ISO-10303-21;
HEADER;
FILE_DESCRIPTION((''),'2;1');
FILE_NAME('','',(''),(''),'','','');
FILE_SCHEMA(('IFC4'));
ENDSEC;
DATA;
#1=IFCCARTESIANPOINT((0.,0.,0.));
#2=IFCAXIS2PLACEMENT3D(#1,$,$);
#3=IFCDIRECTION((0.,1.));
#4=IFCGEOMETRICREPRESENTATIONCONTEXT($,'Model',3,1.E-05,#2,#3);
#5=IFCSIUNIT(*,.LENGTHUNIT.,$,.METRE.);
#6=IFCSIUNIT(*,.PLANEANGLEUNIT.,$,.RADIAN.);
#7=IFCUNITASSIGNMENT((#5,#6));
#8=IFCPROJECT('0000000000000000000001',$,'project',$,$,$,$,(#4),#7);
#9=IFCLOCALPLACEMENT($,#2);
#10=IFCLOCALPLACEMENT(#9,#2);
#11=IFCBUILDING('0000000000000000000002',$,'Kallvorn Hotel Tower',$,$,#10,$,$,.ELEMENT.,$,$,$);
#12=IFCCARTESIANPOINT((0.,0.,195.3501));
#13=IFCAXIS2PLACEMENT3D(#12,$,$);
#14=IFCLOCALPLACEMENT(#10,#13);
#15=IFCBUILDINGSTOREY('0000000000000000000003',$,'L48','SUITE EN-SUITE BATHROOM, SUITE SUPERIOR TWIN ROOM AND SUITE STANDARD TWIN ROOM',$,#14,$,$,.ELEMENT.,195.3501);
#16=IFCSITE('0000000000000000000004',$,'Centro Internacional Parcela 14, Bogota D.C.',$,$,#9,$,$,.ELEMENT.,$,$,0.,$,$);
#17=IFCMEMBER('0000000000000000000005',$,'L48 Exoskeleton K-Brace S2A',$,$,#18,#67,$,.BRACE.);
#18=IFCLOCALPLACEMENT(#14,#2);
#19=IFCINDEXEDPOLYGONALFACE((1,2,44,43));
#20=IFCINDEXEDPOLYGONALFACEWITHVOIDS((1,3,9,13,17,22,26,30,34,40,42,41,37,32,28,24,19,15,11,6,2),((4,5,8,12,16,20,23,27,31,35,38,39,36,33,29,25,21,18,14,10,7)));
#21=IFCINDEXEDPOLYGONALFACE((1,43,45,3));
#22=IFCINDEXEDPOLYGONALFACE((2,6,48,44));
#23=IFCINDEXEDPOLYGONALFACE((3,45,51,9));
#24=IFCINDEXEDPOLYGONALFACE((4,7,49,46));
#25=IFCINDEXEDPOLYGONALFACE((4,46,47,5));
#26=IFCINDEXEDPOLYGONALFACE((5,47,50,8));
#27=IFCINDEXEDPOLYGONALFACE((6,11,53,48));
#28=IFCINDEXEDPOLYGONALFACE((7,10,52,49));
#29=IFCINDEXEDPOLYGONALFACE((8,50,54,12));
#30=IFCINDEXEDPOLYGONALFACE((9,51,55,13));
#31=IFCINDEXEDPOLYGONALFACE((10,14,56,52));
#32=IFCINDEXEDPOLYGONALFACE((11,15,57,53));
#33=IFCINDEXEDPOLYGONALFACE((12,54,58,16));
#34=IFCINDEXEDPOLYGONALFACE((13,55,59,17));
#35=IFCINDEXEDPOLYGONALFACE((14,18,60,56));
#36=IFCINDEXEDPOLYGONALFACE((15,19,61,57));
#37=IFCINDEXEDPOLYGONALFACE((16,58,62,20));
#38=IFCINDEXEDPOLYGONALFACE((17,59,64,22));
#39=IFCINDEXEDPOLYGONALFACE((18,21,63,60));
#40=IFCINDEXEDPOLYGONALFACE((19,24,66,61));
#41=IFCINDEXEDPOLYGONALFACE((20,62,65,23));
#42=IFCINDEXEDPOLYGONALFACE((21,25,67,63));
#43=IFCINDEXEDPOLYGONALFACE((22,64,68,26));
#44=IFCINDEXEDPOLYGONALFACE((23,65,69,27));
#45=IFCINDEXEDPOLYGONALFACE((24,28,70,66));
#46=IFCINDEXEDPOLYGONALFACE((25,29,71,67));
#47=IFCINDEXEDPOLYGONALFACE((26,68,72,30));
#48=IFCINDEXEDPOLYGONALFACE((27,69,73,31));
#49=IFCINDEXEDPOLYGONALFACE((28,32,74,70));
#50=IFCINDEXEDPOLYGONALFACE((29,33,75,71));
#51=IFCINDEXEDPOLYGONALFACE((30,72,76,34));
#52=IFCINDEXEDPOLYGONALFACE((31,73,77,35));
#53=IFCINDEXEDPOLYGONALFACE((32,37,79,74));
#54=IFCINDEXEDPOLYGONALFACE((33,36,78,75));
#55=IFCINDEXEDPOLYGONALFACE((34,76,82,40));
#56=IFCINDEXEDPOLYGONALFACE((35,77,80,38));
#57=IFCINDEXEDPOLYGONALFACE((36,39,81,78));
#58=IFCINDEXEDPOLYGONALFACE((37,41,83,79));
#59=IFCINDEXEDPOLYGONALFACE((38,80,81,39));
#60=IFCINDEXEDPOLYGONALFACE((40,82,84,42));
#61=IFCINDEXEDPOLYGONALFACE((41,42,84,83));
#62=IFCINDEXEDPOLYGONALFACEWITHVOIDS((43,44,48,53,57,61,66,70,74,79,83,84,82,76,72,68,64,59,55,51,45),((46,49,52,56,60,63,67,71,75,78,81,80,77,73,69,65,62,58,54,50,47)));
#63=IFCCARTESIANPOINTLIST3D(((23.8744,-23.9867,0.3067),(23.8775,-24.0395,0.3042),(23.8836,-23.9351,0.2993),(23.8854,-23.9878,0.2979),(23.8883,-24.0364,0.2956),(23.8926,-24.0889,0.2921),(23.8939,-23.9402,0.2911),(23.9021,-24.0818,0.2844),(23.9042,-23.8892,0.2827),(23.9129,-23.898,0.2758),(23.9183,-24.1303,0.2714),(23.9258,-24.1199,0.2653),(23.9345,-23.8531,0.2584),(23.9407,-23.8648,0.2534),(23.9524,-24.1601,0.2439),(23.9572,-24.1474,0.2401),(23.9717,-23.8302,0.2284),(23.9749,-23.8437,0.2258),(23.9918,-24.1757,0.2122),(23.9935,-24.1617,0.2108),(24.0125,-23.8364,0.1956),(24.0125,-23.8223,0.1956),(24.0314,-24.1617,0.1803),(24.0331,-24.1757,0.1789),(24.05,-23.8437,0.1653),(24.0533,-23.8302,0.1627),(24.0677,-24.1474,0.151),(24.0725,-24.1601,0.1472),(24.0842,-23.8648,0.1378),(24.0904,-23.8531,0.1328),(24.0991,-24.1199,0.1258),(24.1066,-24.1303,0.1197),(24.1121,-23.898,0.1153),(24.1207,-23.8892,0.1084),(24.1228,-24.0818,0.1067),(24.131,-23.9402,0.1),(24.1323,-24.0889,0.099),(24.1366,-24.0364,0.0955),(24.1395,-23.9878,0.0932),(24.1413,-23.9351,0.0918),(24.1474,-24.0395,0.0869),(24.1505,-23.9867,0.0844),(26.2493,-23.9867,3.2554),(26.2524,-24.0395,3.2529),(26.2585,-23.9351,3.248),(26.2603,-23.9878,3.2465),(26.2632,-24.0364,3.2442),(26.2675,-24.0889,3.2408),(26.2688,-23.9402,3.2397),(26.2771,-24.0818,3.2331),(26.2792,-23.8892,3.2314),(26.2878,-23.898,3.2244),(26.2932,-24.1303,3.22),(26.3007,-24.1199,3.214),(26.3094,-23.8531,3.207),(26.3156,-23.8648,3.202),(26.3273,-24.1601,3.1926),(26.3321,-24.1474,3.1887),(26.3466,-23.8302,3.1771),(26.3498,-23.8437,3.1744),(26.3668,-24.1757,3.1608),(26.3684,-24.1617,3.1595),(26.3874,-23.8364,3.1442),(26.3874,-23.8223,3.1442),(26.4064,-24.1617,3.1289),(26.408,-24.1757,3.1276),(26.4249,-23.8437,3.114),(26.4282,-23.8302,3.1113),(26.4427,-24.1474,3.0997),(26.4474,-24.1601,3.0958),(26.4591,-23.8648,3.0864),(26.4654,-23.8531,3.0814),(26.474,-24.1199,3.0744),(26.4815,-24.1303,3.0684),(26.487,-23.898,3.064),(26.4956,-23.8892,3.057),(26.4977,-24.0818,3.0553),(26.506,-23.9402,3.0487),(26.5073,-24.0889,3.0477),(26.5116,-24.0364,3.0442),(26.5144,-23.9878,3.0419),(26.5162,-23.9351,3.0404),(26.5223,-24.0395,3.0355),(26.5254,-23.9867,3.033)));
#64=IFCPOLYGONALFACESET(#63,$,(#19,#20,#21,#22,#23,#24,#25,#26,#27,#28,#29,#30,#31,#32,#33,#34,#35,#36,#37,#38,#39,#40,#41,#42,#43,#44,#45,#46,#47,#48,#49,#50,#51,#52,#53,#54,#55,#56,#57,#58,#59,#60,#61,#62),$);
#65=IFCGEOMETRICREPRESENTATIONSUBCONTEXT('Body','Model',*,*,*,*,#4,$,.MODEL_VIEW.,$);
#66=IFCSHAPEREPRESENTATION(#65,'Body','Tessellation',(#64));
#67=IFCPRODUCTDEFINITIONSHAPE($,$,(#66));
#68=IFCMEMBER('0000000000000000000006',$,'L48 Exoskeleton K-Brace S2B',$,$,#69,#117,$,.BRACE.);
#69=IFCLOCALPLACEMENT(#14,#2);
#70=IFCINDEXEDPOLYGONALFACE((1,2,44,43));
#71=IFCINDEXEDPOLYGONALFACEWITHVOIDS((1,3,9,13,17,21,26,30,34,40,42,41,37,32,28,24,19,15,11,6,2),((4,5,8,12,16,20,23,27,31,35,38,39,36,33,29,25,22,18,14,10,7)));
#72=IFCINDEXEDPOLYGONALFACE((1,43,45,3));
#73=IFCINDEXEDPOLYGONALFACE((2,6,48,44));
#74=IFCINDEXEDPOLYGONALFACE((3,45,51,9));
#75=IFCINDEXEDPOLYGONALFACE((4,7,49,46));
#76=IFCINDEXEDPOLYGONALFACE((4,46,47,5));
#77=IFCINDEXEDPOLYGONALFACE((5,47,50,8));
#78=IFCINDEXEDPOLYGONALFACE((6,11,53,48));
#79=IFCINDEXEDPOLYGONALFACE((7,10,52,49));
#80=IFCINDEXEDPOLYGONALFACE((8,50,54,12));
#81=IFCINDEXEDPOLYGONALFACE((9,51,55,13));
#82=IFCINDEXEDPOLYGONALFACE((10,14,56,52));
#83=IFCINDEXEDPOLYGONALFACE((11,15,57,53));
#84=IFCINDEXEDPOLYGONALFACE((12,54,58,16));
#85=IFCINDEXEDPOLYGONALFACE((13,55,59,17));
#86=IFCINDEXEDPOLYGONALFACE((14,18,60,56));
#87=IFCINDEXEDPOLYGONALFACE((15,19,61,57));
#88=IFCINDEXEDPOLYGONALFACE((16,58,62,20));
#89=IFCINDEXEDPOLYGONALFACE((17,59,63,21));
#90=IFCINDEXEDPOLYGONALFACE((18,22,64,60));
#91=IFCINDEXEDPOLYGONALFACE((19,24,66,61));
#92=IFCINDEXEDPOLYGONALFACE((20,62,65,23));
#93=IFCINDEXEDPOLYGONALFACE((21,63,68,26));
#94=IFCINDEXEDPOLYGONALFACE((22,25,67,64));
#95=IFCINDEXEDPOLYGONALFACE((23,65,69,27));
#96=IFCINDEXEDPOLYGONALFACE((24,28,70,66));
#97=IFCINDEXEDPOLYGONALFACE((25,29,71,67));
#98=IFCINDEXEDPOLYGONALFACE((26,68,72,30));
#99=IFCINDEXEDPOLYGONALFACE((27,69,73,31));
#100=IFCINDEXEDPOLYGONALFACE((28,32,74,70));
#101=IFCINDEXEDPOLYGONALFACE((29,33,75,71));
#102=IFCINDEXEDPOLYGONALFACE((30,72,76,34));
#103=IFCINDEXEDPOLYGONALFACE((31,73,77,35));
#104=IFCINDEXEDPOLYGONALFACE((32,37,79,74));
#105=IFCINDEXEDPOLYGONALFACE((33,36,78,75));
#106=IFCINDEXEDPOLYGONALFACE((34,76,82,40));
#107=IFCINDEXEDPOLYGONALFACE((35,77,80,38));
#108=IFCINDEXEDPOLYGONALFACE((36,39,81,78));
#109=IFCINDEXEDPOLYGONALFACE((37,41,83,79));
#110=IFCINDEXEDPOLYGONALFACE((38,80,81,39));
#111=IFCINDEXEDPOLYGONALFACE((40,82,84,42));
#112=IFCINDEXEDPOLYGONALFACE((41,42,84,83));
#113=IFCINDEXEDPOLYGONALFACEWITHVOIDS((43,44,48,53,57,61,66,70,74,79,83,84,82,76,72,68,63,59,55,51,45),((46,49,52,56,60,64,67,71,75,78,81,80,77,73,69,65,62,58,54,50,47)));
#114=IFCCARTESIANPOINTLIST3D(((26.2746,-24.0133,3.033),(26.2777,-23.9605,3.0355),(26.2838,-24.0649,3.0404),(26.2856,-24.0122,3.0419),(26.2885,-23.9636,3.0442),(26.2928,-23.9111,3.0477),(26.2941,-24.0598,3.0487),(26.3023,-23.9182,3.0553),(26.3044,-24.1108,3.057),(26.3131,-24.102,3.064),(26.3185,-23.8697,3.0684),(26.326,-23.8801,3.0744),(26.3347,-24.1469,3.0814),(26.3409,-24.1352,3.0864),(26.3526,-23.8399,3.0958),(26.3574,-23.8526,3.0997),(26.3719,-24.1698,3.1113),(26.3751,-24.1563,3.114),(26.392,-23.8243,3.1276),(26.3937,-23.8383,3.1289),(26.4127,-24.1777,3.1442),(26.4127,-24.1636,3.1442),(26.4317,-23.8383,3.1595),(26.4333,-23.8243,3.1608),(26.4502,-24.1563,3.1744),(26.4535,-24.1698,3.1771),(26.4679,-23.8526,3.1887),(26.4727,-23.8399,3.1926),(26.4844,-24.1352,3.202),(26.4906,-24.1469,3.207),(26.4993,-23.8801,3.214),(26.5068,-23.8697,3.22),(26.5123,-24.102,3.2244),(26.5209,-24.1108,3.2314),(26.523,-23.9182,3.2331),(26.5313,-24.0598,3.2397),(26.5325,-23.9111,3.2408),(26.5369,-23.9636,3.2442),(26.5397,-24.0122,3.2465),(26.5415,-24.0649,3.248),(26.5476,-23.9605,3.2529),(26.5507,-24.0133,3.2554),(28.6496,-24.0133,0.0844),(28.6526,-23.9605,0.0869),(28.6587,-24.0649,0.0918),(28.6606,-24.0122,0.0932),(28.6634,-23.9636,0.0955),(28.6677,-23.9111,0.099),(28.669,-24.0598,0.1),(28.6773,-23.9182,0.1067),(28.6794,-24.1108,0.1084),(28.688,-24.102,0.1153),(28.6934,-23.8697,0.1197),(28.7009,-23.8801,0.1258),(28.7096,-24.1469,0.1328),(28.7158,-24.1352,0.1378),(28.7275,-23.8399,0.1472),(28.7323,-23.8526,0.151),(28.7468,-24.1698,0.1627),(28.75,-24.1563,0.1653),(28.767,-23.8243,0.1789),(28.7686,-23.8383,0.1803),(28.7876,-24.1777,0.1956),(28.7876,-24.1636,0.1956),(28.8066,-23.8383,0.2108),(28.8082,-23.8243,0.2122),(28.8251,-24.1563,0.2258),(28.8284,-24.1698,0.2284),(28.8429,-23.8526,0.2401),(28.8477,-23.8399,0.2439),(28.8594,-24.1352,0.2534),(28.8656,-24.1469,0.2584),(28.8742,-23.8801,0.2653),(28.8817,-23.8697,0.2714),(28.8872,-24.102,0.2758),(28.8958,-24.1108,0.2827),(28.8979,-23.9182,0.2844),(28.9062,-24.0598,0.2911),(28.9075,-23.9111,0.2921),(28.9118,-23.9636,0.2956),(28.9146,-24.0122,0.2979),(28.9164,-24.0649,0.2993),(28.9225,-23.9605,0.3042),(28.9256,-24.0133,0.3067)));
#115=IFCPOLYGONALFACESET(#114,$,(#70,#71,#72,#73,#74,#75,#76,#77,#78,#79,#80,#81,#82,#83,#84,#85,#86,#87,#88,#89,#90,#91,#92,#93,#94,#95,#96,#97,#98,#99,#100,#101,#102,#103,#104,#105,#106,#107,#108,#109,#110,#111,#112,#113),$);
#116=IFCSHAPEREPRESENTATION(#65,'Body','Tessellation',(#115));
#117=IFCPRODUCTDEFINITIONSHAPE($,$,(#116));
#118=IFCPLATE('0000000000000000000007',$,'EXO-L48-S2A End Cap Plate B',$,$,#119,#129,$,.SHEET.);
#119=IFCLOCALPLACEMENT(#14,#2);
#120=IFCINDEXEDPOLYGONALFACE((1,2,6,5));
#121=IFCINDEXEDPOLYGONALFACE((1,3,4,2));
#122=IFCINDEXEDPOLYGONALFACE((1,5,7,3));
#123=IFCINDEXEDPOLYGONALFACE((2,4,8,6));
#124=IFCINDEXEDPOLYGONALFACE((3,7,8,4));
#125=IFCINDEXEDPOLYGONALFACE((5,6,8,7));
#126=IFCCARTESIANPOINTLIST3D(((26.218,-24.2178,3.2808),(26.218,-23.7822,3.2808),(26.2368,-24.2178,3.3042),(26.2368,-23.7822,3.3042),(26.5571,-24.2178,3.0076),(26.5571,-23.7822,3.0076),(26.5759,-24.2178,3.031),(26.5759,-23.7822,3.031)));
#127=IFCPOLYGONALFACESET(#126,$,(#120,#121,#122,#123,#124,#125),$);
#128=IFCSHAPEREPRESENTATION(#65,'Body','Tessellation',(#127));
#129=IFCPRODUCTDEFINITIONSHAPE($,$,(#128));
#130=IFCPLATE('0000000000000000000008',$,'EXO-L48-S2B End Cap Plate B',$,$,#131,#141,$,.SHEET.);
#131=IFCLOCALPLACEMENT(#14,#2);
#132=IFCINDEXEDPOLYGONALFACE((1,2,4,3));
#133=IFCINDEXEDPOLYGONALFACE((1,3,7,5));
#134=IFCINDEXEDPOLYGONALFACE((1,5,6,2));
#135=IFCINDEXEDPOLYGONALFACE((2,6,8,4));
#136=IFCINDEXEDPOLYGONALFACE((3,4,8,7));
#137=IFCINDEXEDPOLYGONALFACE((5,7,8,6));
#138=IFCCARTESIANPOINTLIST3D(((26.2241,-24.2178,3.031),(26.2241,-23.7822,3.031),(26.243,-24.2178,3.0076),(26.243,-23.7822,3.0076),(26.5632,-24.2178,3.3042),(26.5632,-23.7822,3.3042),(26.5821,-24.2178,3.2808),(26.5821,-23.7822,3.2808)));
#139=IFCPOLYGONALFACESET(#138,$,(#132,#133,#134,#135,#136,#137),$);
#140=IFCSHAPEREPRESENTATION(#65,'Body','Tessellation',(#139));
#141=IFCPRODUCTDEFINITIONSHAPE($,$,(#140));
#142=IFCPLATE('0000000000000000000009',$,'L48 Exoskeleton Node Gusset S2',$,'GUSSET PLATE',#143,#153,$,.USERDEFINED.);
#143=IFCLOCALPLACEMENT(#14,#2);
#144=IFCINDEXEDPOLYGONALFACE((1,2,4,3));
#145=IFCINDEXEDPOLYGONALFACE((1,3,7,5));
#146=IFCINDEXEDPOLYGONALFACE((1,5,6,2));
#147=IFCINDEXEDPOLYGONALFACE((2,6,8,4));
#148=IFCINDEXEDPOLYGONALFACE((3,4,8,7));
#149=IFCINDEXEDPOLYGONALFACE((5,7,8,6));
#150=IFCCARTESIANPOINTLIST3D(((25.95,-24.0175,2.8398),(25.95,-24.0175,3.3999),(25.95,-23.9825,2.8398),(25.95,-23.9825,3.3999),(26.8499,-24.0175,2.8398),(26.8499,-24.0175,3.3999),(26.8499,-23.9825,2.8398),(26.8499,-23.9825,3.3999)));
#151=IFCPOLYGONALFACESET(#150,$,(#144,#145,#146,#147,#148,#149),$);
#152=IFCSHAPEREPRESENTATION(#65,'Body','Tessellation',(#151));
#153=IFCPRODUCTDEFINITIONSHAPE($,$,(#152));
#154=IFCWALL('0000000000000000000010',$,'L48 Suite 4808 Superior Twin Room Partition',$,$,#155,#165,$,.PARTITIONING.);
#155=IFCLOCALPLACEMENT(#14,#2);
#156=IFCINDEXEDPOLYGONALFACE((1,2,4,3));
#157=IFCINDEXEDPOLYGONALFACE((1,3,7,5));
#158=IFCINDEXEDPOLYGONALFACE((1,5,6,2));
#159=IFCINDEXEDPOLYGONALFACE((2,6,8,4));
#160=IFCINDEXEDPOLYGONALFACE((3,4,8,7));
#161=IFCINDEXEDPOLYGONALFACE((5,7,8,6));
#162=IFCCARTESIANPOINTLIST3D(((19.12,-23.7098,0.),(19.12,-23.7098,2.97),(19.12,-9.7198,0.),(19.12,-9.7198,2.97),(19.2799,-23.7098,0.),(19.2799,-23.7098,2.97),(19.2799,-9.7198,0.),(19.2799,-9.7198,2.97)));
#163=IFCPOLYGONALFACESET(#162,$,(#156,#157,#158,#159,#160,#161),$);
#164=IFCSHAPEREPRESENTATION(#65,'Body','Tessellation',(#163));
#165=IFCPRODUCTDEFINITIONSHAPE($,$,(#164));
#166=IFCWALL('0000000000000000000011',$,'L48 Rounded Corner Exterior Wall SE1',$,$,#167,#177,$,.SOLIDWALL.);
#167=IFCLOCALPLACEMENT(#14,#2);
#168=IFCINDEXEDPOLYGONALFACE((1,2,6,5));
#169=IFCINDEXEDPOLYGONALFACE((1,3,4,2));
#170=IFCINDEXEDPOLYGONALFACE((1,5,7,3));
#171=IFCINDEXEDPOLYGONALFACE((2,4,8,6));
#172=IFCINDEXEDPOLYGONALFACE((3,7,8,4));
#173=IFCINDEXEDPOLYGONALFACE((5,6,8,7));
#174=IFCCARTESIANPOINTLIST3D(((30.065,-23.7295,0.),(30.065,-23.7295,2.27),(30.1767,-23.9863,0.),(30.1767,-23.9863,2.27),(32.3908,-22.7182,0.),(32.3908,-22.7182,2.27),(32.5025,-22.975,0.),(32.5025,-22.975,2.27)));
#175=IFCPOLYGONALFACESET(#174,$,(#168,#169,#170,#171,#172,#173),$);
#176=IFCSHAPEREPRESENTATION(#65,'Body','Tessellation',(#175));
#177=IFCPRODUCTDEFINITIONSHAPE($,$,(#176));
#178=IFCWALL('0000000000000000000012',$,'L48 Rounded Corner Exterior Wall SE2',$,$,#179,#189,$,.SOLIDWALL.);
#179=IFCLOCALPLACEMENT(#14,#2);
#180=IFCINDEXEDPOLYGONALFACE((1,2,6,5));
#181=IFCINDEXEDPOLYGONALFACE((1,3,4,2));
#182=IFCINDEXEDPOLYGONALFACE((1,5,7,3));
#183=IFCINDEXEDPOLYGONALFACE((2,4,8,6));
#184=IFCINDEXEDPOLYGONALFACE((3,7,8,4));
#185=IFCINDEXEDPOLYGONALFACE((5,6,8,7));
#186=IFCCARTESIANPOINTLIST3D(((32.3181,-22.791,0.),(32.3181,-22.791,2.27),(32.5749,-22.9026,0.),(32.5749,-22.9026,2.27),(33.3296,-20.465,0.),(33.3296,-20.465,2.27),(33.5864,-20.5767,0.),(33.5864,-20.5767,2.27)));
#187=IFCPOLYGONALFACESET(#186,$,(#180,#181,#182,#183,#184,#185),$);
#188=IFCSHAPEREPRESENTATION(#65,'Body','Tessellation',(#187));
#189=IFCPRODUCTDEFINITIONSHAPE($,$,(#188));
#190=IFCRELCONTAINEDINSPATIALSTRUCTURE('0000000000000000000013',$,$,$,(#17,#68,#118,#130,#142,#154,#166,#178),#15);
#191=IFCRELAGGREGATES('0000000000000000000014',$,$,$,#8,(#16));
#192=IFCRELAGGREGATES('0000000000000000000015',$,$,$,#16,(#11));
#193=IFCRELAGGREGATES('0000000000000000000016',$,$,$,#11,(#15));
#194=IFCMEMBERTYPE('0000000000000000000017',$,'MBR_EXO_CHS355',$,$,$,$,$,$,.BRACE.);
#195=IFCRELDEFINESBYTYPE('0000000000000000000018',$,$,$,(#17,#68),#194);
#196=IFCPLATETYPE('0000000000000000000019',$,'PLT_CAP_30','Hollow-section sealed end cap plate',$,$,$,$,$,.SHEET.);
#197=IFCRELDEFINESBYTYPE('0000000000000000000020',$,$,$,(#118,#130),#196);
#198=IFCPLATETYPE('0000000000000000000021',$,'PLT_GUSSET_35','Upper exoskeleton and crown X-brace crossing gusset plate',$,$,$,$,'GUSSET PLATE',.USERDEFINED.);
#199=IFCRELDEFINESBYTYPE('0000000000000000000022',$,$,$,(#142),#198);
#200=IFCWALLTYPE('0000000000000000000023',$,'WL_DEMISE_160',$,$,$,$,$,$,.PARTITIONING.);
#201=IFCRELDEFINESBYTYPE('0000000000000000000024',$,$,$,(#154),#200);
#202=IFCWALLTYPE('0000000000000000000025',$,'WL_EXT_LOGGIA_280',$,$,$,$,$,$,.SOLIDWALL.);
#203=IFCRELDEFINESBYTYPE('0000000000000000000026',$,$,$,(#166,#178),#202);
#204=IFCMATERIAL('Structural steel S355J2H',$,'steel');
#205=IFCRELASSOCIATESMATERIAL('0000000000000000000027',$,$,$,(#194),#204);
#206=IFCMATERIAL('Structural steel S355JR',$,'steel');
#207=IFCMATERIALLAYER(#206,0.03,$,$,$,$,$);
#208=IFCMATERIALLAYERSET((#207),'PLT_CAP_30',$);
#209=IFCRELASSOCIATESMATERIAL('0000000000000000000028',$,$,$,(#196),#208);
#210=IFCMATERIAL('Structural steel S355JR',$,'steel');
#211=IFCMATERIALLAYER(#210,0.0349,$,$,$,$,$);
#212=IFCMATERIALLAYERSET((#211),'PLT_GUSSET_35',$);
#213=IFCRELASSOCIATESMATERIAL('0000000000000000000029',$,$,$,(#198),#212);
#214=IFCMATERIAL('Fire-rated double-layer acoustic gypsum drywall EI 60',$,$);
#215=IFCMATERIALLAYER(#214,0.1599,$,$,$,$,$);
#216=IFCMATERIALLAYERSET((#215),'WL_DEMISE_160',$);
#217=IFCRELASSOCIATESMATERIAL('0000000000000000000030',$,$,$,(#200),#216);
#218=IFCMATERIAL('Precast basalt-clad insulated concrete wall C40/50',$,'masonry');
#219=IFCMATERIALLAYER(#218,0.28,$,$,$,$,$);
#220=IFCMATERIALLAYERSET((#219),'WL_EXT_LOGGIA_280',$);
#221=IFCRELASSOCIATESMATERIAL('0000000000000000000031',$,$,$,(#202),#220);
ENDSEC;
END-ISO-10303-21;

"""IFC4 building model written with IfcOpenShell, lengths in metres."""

from ifc_helpers import new_model, si_unit, direction, frame, frame_2d, origin, origin_2d, place, context, subcontext, project, spatial, polyline, rectangle, hollow_circle, outline, extrude, material, layer, layer_set, material_profile, profile_set, type_object, element, save


model = new_model("IFC4")

# Units and contexts
model_context = context("Model", 3, precision=1e-05, world=origin(), true_north=direction((0.0, 1.0)))
body_context = subcontext(model_context, "Body", "Model", "MODEL_VIEW")
ifc_project = project(units=[si_unit("LENGTHUNIT", "METRE"), si_unit("PLANEANGLEUNIT", "RADIAN")], contexts=[model_context])

# Site, building, storey
site_placement = place(None, origin())
site = spatial("IfcSite", under=ifc_project, at=site_placement, Name="Centro Internacional Parcela 14, Bogota D.C.", CompositionType="ELEMENT", RefElevation=0.0)
building_placement = place(site_placement, origin())
building = spatial("IfcBuilding", under=site, at=building_placement, Name="Kallvorn Hotel Tower", CompositionType="ELEMENT")
storey_placement = place(building_placement, frame((0.0, 0.0, 195.3501)))
storey = spatial("IfcBuildingStorey", under=building, at=storey_placement, Name="L48", Description="SUITE EN-SUITE BATHROOM, SUITE SUPERIOR TWIN ROOM AND SUITE STANDARD TWIN ROOM", CompositionType="ELEMENT", Elevation=195.3501)

# Members
ifc_material_1 = material(Name="Structural steel S355J2H", Category="steel")
ifc_material_profile_1 = material_profile(ifc_material_1, hollow_circle(Radius=0.1777, WallThickness=0.0142, at=origin_2d()), Name="CHS 355.6x14.2")
ifc_profile_set_1 = profile_set([ifc_material_profile_1], Name="Structural steel S355J2H")
member_type = type_object("IfcMemberType", Name="MBR_EXO_CHS355", PredefinedType="BRACE", material=ifc_profile_set_1)
for number, where, z_axis, x_axis, name in (
    (1, (24.0125, -24.0, 0.1956), (0.627271, 0.0, 0.778801), (0.0, 1.0, 0.0), "L48 Exoskeleton K-Brace S2A"),
    (2, (28.7876, -24.0, 0.1956), (-0.627271, 0.0, 0.778801), (0.0, -1.0, 0.0), "L48 Exoskeleton K-Brace S2B"),
):
    element("IfcMember", number, at=place(storey_placement, frame(where, z_axis=z_axis, x_axis=x_axis)), inside=storey, type_object=member_type, Name=name, PredefinedType="BRACE", context=body_context, shape_type="SweptSolid", body=[
        extrude(hollow_circle(Radius=0.1777, WallThickness=0.0142, at=origin_2d()), origin(), (0.0, 0.0, 1.0), 3.7861),
    ])

# Plates
ifc_material_2 = material(Name="Structural steel S355JR", Category="steel")
ifc_layer_1 = layer(ifc_material_2, 0.03)
ifc_layer_set_1 = layer_set([ifc_layer_1], Name="PLT_CAP_30")
plate_type_1 = type_object("IfcPlateType", Name="PLT_CAP_30", Description="Hollow-section sealed end cap plate", PredefinedType="SHEET", material=ifc_layer_set_1)
for number, where, z_axis, x_axis, name in (
    (3, (26.5759, -24.2178, 3.031), (0.627358, 0.0, 0.778731), (0.0, 1.0, 0.0), "EXO-L48-S2A End Cap Plate B"),
    (4, (26.2241, -23.7822, 3.031), (-0.627358, 0.0, 0.778731), (0.0, -1.0, 0.0), "EXO-L48-S2B End Cap Plate B"),
):
    element("IfcPlate", number, at=place(storey_placement, frame(where, z_axis=z_axis, x_axis=x_axis)), inside=storey, type_object=plate_type_1, Name=name, PredefinedType="SHEET", context=body_context, shape_type="SweptSolid", body=[
        extrude(outline(polyline([(0.0, 0.0), (0.4355, 0.0), (0.4355, 0.4355), (0.0, 0.4355), (0.0, 0.0)])), origin(), (0.0, 0.0, -1.0), 0.03),
    ])
ifc_material_3 = material(Name="Structural steel S355JR", Category="steel")
ifc_layer_2 = layer(ifc_material_3, 0.0349)
ifc_layer_set_2 = layer_set([ifc_layer_2], Name="PLT_GUSSET_35")
plate_type_2 = type_object("IfcPlateType", Name="PLT_GUSSET_35", Description="Upper exoskeleton and crown X-brace crossing gusset plate", ElementType="GUSSET PLATE", PredefinedType="USERDEFINED", material=ifc_layer_set_2)
plate_placement = place(storey_placement, frame((26.3999, -24.0, 2.8398), z_axis=(0.0, 0.0, 1.0), x_axis=(1.0, 0.0, 0.0)))
element("IfcPlate", 5, at=plate_placement, inside=storey, type_object=plate_type_2, Name="L48 Exoskeleton Node Gusset S2", ObjectType="GUSSET PLATE", PredefinedType="USERDEFINED", context=body_context, shape_type="SweptSolid", body=[
    extrude(rectangle(XDim=0.8999, YDim=0.0349, at=origin_2d()), origin(), (0.0, 0.0, 1.0), 0.5601),
])

# Walls
ifc_material_4 = material(Name="Fire-rated double-layer acoustic gypsum drywall EI 60")
ifc_layer_3 = layer(ifc_material_4, 0.1599)
ifc_layer_set_3 = layer_set([ifc_layer_3], Name="WL_DEMISE_160")
wall_type_1 = type_object("IfcWallType", Name="WL_DEMISE_160", PredefinedType="PARTITIONING", material=ifc_layer_set_3)
wall_1_placement = place(storey_placement, frame((19.2, -23.71, 0.0), z_axis=(0.0, 0.0, 1.0), x_axis=(0.0, 1.0, 0.0)))
element("IfcWall", 6, at=wall_1_placement, inside=storey, type_object=wall_type_1, Name="L48 Suite 4808 Superior Twin Room Partition", PredefinedType="PARTITIONING", context=body_context, shape_type="SweptSolid", body=[
    extrude(rectangle(XDim=13.99, YDim=0.1599, at=frame_2d((6.9951, 0.0))), origin(), (0.0, 0.0, 1.0), 2.97),
])
ifc_material_5 = material(Name="Precast basalt-clad insulated concrete wall C40/50", Category="masonry")
ifc_layer_4 = layer(ifc_material_5, 0.28)
ifc_layer_set_4 = layer_set([ifc_layer_4], Name="WL_EXT_LOGGIA_280")
wall_type_2 = type_object("IfcWallType", Name="WL_EXT_LOGGIA_280", PredefinedType="SOLIDWALL", material=ifc_layer_set_4)
wall_2_placement = place(storey_placement, frame((30.1208, -23.8579, 0.0), z_axis=(0.0, 0.0, 1.0), x_axis=(0.917061, 0.398747, 0.0)))
element("IfcWall", 7, at=wall_2_placement, inside=storey, type_object=wall_type_2, Name="L48 Rounded Corner Exterior Wall SE1", PredefinedType="SOLIDWALL", context=body_context, shape_type="SweptSolid", body=[
    extrude(rectangle(XDim=2.5361, YDim=0.28, at=frame_2d((1.2681, 0.0))), origin(), (0.0, 0.0, 1.0), 2.27),
])
wall_3_placement = place(storey_placement, frame((32.4465, -22.8467, 0.0), z_axis=(0.0, 0.0, 1.0), x_axis=(0.398793, 0.917041, 0.0)))
element("IfcWall", 8, at=wall_3_placement, inside=storey, type_object=wall_type_2, Name="L48 Rounded Corner Exterior Wall SE2", PredefinedType="SOLIDWALL", context=body_context, shape_type="SweptSolid", body=[
    extrude(rectangle(XDim=2.5364, YDim=0.28, at=frame_2d((1.2681, 0.0))), origin(), (0.0, 0.0, 1.0), 2.27),
])

save(model, "model.ifc")
